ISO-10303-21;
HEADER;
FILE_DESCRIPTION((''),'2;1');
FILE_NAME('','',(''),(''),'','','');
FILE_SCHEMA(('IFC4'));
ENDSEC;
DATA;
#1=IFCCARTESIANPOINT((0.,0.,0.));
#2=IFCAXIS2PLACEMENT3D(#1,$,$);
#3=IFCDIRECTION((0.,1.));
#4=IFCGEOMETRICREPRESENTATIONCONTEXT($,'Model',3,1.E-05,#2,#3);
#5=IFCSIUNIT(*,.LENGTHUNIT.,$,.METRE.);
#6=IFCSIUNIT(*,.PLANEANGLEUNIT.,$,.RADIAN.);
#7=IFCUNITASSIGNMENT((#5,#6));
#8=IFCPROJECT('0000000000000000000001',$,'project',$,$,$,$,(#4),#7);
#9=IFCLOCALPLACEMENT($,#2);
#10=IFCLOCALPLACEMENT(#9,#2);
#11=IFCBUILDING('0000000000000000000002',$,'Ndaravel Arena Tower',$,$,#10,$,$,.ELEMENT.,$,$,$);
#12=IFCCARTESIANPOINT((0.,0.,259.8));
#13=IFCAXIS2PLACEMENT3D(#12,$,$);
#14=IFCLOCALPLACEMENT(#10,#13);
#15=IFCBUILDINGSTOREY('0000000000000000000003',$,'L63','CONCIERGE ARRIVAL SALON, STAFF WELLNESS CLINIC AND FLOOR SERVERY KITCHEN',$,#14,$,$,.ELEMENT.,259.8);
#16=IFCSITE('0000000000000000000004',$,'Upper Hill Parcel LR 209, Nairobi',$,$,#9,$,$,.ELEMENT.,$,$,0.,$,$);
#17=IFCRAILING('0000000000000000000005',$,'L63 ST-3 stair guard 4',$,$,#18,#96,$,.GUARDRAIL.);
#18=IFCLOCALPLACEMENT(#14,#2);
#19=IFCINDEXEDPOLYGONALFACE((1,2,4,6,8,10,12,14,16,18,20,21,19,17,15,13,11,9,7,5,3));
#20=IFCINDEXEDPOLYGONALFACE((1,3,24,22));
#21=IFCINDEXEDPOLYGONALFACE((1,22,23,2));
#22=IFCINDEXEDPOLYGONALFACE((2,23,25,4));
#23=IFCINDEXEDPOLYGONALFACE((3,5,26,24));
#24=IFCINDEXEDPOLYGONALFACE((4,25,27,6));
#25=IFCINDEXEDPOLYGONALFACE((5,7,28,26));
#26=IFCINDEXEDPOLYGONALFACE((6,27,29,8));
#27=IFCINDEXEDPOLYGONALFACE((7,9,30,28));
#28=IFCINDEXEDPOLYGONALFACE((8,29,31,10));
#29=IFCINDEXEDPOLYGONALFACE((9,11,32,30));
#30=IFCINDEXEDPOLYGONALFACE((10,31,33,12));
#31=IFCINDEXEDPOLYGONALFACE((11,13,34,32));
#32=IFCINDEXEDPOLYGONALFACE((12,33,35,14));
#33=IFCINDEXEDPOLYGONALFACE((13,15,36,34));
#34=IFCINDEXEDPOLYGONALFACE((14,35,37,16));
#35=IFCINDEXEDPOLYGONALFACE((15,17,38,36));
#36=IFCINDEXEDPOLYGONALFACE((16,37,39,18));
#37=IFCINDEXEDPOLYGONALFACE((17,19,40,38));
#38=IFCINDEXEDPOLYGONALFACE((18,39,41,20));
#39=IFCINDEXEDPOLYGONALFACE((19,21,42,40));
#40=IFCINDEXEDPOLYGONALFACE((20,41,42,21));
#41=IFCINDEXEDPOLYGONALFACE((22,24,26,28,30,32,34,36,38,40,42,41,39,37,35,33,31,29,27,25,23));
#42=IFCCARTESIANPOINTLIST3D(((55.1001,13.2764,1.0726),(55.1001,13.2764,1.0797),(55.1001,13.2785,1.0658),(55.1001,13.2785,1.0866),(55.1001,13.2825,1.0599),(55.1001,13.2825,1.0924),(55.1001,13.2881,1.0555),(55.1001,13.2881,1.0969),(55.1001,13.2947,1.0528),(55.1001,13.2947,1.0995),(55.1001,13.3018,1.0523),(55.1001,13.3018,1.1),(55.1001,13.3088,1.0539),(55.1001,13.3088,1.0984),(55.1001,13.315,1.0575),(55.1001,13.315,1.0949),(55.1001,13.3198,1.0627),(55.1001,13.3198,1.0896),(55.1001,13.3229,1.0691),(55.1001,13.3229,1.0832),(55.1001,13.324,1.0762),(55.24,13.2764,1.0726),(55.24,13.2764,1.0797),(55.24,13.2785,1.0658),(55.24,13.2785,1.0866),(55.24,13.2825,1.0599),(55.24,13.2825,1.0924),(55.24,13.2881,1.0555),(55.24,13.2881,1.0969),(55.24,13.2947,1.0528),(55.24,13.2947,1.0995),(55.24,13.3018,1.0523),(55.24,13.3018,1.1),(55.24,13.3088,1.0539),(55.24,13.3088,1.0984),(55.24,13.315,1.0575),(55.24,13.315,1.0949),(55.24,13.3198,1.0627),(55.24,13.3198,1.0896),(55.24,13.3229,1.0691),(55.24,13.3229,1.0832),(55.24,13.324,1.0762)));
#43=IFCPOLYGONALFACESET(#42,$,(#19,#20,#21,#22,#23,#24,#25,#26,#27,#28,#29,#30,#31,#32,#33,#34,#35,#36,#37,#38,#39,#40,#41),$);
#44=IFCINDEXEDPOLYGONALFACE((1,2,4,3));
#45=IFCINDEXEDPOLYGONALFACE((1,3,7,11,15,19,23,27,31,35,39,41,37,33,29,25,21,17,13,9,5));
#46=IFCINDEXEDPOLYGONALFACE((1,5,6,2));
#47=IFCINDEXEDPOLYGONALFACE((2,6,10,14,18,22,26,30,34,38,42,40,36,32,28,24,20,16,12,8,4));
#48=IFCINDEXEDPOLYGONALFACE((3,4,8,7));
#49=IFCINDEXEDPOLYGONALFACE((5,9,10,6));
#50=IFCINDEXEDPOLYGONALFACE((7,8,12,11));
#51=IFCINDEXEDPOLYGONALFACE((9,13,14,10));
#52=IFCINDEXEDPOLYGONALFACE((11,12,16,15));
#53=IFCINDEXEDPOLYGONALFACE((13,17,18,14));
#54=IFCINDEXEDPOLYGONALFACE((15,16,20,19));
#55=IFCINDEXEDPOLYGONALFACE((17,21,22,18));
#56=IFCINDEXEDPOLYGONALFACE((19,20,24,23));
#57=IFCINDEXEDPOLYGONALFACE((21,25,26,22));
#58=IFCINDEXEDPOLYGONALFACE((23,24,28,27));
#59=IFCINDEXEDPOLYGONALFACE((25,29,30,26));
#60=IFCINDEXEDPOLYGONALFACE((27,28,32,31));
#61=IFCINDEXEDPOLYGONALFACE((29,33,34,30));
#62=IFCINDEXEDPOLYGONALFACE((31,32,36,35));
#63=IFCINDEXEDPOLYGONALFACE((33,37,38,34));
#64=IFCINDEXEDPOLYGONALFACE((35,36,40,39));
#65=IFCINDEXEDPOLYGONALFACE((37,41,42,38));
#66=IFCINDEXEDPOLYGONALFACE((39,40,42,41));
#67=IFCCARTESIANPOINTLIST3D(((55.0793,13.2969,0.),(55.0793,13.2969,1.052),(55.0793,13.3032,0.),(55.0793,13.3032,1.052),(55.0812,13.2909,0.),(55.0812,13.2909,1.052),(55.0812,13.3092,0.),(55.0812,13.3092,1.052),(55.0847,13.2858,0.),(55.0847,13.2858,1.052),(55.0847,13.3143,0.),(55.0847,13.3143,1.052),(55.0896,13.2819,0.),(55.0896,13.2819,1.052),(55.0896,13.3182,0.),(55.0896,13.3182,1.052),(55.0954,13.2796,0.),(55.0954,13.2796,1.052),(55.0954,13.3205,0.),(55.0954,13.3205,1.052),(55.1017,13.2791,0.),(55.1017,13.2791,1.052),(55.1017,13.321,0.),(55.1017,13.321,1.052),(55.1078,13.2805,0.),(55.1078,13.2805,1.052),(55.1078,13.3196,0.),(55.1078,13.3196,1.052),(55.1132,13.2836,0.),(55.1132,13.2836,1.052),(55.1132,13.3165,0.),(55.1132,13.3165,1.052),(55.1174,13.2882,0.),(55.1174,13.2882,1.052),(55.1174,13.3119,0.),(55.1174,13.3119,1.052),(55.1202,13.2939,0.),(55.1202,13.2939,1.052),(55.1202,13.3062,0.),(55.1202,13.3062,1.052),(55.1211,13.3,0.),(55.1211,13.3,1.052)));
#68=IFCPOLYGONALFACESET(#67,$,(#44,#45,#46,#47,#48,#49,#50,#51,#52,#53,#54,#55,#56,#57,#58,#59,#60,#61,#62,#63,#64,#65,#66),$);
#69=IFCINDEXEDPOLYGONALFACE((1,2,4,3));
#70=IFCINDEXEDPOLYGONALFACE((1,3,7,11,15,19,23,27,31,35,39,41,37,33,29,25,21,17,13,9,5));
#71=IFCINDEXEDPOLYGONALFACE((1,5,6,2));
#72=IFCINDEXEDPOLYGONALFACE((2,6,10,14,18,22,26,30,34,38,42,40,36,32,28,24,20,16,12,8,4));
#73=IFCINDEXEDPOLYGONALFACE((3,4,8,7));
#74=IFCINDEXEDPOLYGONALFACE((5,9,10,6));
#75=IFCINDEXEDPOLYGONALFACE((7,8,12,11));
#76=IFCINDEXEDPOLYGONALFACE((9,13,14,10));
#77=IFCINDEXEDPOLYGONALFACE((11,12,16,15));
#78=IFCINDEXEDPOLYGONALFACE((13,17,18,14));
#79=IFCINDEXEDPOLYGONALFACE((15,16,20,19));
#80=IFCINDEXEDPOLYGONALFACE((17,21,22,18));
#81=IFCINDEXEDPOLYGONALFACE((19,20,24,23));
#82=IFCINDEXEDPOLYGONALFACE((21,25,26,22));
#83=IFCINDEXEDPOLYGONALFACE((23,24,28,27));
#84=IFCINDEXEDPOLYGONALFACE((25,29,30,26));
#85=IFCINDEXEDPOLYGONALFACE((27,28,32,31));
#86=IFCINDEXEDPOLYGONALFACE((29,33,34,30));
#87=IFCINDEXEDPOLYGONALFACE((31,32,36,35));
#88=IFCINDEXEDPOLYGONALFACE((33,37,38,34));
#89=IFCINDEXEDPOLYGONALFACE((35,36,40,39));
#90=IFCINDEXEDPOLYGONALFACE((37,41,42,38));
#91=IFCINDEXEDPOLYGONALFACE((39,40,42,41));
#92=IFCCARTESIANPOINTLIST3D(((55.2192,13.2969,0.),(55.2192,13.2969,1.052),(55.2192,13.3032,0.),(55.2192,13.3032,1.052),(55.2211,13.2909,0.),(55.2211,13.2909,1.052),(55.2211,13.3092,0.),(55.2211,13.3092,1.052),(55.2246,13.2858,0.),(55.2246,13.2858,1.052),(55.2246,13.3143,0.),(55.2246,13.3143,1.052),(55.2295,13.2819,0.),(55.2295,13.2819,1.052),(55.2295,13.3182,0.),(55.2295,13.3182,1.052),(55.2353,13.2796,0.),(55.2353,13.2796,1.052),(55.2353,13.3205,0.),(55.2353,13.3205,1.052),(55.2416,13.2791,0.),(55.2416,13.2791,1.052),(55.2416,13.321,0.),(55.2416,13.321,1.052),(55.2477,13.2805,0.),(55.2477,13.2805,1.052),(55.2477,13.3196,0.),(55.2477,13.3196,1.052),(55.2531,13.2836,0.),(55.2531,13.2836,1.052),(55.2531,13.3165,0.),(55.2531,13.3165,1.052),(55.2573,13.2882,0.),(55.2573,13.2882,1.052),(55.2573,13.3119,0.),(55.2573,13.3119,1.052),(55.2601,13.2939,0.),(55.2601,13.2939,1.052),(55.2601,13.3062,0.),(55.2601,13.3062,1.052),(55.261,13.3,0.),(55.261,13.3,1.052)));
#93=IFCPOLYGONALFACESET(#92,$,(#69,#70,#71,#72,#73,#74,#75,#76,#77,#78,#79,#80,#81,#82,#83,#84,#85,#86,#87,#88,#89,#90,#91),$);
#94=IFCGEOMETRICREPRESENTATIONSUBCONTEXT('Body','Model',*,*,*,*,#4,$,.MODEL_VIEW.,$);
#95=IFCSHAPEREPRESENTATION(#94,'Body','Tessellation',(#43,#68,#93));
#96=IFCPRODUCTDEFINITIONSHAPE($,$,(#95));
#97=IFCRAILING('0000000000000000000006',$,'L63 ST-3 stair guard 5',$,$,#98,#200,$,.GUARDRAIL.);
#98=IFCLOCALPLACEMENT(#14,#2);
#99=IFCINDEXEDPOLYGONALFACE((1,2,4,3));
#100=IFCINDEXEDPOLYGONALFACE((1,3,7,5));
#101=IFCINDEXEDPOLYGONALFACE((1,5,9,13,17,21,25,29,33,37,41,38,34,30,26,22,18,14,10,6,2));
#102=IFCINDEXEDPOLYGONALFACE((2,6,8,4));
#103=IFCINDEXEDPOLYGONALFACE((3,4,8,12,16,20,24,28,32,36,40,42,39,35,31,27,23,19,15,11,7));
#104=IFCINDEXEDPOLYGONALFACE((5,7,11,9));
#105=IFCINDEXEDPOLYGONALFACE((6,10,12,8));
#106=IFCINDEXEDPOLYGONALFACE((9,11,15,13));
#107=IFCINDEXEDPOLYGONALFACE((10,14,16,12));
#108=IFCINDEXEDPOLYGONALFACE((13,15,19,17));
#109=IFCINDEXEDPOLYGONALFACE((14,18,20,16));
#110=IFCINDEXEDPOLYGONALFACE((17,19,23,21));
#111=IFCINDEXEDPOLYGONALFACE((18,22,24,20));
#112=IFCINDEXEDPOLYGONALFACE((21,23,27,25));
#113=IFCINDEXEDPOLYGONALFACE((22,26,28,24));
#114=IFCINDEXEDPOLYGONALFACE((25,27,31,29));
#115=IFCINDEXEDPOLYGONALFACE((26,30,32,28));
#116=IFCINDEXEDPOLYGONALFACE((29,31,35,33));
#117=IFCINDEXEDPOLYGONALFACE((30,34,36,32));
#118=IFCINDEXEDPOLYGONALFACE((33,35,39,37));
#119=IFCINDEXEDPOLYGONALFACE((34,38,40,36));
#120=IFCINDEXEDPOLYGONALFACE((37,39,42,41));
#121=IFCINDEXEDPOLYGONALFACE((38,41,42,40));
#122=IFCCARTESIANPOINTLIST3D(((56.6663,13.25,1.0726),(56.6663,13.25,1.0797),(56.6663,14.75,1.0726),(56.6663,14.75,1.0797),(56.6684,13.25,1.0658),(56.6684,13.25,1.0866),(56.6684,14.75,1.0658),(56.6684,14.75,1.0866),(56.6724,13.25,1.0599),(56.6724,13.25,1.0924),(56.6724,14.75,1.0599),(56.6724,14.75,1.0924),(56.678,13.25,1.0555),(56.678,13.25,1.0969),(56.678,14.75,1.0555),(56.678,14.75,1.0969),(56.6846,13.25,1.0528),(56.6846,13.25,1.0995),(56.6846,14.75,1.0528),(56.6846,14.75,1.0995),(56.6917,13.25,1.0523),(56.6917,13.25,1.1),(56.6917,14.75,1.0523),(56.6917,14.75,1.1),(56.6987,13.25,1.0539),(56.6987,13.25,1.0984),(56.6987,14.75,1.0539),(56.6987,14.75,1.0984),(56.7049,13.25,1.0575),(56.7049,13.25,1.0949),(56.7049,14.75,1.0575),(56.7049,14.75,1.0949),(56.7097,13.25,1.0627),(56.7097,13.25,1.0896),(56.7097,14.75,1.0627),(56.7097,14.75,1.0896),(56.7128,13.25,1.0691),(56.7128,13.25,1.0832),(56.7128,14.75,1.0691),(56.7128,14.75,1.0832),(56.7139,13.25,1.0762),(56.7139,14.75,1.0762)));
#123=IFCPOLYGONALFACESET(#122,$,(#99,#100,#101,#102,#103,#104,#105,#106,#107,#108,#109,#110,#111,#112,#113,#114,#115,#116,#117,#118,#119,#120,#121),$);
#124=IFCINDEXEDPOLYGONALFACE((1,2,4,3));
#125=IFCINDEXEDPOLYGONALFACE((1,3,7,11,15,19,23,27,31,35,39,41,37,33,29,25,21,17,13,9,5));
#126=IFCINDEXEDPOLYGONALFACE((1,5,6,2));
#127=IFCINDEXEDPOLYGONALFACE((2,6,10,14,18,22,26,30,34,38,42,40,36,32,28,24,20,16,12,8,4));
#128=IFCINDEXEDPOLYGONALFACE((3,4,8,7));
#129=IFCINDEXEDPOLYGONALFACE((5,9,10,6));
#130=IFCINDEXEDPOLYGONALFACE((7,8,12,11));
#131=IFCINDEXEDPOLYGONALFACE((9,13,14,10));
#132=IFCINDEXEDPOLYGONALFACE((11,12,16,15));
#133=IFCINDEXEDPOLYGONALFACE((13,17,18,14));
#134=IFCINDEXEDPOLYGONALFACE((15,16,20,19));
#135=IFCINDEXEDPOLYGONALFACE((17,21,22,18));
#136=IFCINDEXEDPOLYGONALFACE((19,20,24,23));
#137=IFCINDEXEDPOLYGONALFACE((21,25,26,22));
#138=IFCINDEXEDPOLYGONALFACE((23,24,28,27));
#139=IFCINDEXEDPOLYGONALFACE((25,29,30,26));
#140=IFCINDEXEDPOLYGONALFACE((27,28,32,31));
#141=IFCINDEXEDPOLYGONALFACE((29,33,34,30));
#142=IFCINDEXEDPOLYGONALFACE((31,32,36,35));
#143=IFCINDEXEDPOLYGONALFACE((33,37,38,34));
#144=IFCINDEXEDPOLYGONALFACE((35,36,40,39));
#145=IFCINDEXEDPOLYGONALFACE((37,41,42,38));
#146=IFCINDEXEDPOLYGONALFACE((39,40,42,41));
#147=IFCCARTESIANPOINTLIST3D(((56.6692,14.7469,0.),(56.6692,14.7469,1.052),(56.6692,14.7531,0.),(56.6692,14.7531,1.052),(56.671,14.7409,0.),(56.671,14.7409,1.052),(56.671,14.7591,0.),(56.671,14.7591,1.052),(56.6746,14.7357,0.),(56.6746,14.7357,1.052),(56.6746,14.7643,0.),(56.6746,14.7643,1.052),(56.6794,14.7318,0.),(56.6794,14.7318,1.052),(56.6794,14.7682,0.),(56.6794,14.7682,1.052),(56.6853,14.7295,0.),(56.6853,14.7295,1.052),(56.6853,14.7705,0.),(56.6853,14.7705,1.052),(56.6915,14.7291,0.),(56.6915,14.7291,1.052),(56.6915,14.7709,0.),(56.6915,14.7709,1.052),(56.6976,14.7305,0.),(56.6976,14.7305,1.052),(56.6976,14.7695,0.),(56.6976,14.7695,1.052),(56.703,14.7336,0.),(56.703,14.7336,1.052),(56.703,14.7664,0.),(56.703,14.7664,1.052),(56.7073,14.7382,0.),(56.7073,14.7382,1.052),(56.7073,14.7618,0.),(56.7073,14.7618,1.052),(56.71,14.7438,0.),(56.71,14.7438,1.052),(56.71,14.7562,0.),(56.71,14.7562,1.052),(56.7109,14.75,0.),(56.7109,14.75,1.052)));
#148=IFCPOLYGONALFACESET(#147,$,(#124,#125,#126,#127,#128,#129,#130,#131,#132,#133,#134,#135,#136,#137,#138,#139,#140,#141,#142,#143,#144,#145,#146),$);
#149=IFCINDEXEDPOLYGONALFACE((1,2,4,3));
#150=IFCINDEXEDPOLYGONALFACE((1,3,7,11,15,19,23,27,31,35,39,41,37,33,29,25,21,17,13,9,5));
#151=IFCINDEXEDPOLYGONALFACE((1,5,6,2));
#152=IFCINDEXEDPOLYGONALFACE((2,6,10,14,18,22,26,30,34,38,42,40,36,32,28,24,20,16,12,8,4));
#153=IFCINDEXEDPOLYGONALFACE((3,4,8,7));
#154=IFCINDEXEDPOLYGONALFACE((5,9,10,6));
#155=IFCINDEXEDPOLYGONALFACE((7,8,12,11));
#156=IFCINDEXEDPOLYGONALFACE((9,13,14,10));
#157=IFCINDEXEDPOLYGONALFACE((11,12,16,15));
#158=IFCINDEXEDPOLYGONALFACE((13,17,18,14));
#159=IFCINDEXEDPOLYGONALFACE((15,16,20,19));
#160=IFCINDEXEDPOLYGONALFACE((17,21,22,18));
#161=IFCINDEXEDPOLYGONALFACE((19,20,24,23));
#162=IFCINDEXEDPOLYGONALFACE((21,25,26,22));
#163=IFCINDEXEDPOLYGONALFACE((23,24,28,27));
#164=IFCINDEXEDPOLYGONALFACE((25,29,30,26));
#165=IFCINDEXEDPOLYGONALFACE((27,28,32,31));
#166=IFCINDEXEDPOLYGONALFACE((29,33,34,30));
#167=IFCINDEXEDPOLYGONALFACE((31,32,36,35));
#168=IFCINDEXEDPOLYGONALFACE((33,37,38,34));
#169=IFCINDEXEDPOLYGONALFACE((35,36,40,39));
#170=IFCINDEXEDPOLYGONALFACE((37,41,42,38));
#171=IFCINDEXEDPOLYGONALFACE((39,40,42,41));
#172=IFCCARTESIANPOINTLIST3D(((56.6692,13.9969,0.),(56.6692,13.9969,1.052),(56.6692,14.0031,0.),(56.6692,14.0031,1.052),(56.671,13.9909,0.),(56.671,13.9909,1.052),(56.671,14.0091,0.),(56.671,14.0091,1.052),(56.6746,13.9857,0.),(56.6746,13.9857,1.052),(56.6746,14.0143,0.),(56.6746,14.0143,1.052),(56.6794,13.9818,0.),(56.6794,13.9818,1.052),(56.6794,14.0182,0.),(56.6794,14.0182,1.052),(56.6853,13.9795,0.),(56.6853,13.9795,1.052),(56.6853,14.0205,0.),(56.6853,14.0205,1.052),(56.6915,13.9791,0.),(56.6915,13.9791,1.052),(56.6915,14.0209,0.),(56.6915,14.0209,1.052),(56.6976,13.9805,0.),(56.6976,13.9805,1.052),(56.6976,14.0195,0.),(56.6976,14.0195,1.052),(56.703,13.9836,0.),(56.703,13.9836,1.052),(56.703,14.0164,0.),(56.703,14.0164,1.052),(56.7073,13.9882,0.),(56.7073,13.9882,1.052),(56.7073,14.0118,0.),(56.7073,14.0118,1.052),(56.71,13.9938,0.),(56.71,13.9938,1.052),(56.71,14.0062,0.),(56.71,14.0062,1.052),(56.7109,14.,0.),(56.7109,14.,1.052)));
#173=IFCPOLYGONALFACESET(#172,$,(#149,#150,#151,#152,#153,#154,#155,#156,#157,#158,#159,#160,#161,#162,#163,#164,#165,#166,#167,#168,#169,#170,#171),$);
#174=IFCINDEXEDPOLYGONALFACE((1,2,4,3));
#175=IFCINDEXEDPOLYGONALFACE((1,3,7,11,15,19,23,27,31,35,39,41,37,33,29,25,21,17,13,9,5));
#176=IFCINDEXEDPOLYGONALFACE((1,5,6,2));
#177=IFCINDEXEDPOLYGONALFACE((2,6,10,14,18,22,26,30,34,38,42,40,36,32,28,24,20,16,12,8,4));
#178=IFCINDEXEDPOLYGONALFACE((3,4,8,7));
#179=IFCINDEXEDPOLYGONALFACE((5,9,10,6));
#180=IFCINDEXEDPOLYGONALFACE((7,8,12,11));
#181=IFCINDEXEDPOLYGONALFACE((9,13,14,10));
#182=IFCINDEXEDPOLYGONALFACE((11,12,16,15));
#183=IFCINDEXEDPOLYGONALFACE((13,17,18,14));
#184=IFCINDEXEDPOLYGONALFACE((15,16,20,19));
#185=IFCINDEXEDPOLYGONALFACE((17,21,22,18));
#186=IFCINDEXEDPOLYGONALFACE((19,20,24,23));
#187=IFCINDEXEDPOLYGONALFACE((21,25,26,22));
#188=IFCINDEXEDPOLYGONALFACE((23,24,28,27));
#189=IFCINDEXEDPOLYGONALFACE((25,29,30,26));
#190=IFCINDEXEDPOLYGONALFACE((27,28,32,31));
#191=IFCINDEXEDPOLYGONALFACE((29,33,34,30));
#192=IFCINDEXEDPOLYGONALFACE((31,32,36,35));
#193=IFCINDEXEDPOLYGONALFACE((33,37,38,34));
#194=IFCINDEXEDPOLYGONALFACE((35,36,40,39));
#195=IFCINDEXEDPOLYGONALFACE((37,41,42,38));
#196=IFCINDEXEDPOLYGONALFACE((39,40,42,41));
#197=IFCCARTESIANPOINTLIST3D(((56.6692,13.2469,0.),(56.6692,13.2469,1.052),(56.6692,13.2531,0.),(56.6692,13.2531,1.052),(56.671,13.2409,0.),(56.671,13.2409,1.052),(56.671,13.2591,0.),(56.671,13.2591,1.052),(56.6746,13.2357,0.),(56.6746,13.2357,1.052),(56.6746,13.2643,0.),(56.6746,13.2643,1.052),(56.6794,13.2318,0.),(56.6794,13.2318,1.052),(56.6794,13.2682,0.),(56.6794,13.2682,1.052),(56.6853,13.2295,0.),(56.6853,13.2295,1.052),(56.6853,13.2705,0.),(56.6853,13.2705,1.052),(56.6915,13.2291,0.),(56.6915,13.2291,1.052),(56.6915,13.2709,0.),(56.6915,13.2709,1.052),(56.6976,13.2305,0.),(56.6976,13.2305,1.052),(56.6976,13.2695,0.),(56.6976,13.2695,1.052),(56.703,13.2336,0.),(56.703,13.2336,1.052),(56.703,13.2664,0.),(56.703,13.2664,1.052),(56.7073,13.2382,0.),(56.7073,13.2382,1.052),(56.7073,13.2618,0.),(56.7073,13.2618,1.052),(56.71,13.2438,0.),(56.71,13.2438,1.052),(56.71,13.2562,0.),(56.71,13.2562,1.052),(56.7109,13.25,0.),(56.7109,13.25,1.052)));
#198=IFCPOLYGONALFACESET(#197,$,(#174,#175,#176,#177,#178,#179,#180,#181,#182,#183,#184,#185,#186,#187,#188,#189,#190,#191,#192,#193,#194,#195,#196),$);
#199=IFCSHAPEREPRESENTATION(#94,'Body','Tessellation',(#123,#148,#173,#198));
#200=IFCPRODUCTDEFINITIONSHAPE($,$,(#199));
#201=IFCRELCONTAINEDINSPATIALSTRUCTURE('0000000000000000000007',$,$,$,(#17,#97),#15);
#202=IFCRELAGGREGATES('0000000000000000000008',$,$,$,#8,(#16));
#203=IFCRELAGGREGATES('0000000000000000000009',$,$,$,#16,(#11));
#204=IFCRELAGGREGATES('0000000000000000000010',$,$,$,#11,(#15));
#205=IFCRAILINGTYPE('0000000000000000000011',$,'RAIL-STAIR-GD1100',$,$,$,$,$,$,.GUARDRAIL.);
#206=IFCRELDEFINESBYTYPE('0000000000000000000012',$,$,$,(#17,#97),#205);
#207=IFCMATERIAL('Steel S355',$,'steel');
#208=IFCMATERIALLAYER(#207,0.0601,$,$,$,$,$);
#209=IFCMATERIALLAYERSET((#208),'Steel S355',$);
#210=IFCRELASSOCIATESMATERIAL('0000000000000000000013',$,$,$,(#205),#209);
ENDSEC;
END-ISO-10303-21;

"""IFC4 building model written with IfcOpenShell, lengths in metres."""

from ifc_helpers import new_model, si_unit, direction, frame, origin, origin_2d, place, context, subcontext, project, spatial, circle, extrude, material, layer, layer_set, type_object, element, save


model = new_model("IFC4")

# Units and contexts
model_context = context("Model", 3, precision=1e-05, world=origin(), true_north=direction((0.0, 1.0)))
body_context = subcontext(model_context, "Body", "Model", "MODEL_VIEW")
ifc_project = project(units=[si_unit("LENGTHUNIT", "METRE"), si_unit("PLANEANGLEUNIT", "RADIAN")], contexts=[model_context])

# Site, building, storey
site_placement = place(None, origin())
site = spatial("IfcSite", under=ifc_project, at=site_placement, Name="Upper Hill Parcel LR 209, Nairobi", CompositionType="ELEMENT", RefElevation=0.0)
building_placement = place(site_placement, origin())
building = spatial("IfcBuilding", under=site, at=building_placement, Name="Ndaravel Arena Tower", CompositionType="ELEMENT")
storey_placement = place(building_placement, frame((0.0, 0.0, 259.8)))
storey = spatial("IfcBuildingStorey", under=building, at=storey_placement, Name="L63", Description="CONCIERGE ARRIVAL SALON, STAFF WELLNESS CLINIC AND FLOOR SERVERY KITCHEN", CompositionType="ELEMENT", Elevation=259.8)

# Railings
ifc_material_1 = material(Name="Steel S355", Category="steel")
ifc_layer_1 = layer(ifc_material_1, 0.0601)
ifc_layer_set_1 = layer_set([ifc_layer_1], Name="Steel S355")
railing_type_1 = type_object("IfcRailingType", Name="RAIL-STAIR-GD1100", PredefinedType="GUARDRAIL", material=ifc_layer_set_1)
railing_1_placement = place(storey_placement, frame((55.1001, 13.3, 0.0)))
element("IfcRailing", 1, at=railing_1_placement, inside=storey, type_object=railing_type_1, Name="L63 ST-3 stair guard 4", PredefinedType="GUARDRAIL", context=body_context, shape_type="SweptSolid", body=[
    extrude(circle(Radius=0.0239, at=origin_2d()), frame((0.0, 0.0, 1.0762), z_axis=(1.0, 0.0, 0.0), x_axis=(0.0, 1.0, 0.0)), (0.0, 0.0, 1.0), 0.1399),
    extrude(circle(Radius=0.021, at=origin_2d()), origin(), (0.0, 0.0, 1.0), 1.052),
    extrude(circle(Radius=0.021, at=origin_2d()), frame((0.1399, 0.0, 0.0)), (0.0, 0.0, 1.0), 1.052),
])
railing_2_placement = place(storey_placement, frame((56.6899, 14.75, 0.0)))
element("IfcRailing", 2, at=railing_2_placement, inside=storey, type_object=railing_type_1, Name="L63 ST-3 stair guard 5", PredefinedType="GUARDRAIL", context=body_context, shape_type="SweptSolid", body=[
    extrude(circle(Radius=0.0239, at=origin_2d()), frame((0.0, 0.0, 1.0762), z_axis=(0.0, -1.0, 0.0), x_axis=(1.0, 0.0, 0.0)), (0.0, 0.0, 1.0), 1.5),
    extrude(circle(Radius=0.021, at=origin_2d()), origin(), (0.0, 0.0, 1.0), 1.052),
    extrude(circle(Radius=0.021, at=origin_2d()), frame((0.0, -0.75, 0.0)), (0.0, 0.0, 1.0), 1.052),
    extrude(circle(Radius=0.021, at=origin_2d()), frame((0.0, -1.5, 0.0)), (0.0, 0.0, 1.0), 1.052),
])

save(model, "model.ifc")
